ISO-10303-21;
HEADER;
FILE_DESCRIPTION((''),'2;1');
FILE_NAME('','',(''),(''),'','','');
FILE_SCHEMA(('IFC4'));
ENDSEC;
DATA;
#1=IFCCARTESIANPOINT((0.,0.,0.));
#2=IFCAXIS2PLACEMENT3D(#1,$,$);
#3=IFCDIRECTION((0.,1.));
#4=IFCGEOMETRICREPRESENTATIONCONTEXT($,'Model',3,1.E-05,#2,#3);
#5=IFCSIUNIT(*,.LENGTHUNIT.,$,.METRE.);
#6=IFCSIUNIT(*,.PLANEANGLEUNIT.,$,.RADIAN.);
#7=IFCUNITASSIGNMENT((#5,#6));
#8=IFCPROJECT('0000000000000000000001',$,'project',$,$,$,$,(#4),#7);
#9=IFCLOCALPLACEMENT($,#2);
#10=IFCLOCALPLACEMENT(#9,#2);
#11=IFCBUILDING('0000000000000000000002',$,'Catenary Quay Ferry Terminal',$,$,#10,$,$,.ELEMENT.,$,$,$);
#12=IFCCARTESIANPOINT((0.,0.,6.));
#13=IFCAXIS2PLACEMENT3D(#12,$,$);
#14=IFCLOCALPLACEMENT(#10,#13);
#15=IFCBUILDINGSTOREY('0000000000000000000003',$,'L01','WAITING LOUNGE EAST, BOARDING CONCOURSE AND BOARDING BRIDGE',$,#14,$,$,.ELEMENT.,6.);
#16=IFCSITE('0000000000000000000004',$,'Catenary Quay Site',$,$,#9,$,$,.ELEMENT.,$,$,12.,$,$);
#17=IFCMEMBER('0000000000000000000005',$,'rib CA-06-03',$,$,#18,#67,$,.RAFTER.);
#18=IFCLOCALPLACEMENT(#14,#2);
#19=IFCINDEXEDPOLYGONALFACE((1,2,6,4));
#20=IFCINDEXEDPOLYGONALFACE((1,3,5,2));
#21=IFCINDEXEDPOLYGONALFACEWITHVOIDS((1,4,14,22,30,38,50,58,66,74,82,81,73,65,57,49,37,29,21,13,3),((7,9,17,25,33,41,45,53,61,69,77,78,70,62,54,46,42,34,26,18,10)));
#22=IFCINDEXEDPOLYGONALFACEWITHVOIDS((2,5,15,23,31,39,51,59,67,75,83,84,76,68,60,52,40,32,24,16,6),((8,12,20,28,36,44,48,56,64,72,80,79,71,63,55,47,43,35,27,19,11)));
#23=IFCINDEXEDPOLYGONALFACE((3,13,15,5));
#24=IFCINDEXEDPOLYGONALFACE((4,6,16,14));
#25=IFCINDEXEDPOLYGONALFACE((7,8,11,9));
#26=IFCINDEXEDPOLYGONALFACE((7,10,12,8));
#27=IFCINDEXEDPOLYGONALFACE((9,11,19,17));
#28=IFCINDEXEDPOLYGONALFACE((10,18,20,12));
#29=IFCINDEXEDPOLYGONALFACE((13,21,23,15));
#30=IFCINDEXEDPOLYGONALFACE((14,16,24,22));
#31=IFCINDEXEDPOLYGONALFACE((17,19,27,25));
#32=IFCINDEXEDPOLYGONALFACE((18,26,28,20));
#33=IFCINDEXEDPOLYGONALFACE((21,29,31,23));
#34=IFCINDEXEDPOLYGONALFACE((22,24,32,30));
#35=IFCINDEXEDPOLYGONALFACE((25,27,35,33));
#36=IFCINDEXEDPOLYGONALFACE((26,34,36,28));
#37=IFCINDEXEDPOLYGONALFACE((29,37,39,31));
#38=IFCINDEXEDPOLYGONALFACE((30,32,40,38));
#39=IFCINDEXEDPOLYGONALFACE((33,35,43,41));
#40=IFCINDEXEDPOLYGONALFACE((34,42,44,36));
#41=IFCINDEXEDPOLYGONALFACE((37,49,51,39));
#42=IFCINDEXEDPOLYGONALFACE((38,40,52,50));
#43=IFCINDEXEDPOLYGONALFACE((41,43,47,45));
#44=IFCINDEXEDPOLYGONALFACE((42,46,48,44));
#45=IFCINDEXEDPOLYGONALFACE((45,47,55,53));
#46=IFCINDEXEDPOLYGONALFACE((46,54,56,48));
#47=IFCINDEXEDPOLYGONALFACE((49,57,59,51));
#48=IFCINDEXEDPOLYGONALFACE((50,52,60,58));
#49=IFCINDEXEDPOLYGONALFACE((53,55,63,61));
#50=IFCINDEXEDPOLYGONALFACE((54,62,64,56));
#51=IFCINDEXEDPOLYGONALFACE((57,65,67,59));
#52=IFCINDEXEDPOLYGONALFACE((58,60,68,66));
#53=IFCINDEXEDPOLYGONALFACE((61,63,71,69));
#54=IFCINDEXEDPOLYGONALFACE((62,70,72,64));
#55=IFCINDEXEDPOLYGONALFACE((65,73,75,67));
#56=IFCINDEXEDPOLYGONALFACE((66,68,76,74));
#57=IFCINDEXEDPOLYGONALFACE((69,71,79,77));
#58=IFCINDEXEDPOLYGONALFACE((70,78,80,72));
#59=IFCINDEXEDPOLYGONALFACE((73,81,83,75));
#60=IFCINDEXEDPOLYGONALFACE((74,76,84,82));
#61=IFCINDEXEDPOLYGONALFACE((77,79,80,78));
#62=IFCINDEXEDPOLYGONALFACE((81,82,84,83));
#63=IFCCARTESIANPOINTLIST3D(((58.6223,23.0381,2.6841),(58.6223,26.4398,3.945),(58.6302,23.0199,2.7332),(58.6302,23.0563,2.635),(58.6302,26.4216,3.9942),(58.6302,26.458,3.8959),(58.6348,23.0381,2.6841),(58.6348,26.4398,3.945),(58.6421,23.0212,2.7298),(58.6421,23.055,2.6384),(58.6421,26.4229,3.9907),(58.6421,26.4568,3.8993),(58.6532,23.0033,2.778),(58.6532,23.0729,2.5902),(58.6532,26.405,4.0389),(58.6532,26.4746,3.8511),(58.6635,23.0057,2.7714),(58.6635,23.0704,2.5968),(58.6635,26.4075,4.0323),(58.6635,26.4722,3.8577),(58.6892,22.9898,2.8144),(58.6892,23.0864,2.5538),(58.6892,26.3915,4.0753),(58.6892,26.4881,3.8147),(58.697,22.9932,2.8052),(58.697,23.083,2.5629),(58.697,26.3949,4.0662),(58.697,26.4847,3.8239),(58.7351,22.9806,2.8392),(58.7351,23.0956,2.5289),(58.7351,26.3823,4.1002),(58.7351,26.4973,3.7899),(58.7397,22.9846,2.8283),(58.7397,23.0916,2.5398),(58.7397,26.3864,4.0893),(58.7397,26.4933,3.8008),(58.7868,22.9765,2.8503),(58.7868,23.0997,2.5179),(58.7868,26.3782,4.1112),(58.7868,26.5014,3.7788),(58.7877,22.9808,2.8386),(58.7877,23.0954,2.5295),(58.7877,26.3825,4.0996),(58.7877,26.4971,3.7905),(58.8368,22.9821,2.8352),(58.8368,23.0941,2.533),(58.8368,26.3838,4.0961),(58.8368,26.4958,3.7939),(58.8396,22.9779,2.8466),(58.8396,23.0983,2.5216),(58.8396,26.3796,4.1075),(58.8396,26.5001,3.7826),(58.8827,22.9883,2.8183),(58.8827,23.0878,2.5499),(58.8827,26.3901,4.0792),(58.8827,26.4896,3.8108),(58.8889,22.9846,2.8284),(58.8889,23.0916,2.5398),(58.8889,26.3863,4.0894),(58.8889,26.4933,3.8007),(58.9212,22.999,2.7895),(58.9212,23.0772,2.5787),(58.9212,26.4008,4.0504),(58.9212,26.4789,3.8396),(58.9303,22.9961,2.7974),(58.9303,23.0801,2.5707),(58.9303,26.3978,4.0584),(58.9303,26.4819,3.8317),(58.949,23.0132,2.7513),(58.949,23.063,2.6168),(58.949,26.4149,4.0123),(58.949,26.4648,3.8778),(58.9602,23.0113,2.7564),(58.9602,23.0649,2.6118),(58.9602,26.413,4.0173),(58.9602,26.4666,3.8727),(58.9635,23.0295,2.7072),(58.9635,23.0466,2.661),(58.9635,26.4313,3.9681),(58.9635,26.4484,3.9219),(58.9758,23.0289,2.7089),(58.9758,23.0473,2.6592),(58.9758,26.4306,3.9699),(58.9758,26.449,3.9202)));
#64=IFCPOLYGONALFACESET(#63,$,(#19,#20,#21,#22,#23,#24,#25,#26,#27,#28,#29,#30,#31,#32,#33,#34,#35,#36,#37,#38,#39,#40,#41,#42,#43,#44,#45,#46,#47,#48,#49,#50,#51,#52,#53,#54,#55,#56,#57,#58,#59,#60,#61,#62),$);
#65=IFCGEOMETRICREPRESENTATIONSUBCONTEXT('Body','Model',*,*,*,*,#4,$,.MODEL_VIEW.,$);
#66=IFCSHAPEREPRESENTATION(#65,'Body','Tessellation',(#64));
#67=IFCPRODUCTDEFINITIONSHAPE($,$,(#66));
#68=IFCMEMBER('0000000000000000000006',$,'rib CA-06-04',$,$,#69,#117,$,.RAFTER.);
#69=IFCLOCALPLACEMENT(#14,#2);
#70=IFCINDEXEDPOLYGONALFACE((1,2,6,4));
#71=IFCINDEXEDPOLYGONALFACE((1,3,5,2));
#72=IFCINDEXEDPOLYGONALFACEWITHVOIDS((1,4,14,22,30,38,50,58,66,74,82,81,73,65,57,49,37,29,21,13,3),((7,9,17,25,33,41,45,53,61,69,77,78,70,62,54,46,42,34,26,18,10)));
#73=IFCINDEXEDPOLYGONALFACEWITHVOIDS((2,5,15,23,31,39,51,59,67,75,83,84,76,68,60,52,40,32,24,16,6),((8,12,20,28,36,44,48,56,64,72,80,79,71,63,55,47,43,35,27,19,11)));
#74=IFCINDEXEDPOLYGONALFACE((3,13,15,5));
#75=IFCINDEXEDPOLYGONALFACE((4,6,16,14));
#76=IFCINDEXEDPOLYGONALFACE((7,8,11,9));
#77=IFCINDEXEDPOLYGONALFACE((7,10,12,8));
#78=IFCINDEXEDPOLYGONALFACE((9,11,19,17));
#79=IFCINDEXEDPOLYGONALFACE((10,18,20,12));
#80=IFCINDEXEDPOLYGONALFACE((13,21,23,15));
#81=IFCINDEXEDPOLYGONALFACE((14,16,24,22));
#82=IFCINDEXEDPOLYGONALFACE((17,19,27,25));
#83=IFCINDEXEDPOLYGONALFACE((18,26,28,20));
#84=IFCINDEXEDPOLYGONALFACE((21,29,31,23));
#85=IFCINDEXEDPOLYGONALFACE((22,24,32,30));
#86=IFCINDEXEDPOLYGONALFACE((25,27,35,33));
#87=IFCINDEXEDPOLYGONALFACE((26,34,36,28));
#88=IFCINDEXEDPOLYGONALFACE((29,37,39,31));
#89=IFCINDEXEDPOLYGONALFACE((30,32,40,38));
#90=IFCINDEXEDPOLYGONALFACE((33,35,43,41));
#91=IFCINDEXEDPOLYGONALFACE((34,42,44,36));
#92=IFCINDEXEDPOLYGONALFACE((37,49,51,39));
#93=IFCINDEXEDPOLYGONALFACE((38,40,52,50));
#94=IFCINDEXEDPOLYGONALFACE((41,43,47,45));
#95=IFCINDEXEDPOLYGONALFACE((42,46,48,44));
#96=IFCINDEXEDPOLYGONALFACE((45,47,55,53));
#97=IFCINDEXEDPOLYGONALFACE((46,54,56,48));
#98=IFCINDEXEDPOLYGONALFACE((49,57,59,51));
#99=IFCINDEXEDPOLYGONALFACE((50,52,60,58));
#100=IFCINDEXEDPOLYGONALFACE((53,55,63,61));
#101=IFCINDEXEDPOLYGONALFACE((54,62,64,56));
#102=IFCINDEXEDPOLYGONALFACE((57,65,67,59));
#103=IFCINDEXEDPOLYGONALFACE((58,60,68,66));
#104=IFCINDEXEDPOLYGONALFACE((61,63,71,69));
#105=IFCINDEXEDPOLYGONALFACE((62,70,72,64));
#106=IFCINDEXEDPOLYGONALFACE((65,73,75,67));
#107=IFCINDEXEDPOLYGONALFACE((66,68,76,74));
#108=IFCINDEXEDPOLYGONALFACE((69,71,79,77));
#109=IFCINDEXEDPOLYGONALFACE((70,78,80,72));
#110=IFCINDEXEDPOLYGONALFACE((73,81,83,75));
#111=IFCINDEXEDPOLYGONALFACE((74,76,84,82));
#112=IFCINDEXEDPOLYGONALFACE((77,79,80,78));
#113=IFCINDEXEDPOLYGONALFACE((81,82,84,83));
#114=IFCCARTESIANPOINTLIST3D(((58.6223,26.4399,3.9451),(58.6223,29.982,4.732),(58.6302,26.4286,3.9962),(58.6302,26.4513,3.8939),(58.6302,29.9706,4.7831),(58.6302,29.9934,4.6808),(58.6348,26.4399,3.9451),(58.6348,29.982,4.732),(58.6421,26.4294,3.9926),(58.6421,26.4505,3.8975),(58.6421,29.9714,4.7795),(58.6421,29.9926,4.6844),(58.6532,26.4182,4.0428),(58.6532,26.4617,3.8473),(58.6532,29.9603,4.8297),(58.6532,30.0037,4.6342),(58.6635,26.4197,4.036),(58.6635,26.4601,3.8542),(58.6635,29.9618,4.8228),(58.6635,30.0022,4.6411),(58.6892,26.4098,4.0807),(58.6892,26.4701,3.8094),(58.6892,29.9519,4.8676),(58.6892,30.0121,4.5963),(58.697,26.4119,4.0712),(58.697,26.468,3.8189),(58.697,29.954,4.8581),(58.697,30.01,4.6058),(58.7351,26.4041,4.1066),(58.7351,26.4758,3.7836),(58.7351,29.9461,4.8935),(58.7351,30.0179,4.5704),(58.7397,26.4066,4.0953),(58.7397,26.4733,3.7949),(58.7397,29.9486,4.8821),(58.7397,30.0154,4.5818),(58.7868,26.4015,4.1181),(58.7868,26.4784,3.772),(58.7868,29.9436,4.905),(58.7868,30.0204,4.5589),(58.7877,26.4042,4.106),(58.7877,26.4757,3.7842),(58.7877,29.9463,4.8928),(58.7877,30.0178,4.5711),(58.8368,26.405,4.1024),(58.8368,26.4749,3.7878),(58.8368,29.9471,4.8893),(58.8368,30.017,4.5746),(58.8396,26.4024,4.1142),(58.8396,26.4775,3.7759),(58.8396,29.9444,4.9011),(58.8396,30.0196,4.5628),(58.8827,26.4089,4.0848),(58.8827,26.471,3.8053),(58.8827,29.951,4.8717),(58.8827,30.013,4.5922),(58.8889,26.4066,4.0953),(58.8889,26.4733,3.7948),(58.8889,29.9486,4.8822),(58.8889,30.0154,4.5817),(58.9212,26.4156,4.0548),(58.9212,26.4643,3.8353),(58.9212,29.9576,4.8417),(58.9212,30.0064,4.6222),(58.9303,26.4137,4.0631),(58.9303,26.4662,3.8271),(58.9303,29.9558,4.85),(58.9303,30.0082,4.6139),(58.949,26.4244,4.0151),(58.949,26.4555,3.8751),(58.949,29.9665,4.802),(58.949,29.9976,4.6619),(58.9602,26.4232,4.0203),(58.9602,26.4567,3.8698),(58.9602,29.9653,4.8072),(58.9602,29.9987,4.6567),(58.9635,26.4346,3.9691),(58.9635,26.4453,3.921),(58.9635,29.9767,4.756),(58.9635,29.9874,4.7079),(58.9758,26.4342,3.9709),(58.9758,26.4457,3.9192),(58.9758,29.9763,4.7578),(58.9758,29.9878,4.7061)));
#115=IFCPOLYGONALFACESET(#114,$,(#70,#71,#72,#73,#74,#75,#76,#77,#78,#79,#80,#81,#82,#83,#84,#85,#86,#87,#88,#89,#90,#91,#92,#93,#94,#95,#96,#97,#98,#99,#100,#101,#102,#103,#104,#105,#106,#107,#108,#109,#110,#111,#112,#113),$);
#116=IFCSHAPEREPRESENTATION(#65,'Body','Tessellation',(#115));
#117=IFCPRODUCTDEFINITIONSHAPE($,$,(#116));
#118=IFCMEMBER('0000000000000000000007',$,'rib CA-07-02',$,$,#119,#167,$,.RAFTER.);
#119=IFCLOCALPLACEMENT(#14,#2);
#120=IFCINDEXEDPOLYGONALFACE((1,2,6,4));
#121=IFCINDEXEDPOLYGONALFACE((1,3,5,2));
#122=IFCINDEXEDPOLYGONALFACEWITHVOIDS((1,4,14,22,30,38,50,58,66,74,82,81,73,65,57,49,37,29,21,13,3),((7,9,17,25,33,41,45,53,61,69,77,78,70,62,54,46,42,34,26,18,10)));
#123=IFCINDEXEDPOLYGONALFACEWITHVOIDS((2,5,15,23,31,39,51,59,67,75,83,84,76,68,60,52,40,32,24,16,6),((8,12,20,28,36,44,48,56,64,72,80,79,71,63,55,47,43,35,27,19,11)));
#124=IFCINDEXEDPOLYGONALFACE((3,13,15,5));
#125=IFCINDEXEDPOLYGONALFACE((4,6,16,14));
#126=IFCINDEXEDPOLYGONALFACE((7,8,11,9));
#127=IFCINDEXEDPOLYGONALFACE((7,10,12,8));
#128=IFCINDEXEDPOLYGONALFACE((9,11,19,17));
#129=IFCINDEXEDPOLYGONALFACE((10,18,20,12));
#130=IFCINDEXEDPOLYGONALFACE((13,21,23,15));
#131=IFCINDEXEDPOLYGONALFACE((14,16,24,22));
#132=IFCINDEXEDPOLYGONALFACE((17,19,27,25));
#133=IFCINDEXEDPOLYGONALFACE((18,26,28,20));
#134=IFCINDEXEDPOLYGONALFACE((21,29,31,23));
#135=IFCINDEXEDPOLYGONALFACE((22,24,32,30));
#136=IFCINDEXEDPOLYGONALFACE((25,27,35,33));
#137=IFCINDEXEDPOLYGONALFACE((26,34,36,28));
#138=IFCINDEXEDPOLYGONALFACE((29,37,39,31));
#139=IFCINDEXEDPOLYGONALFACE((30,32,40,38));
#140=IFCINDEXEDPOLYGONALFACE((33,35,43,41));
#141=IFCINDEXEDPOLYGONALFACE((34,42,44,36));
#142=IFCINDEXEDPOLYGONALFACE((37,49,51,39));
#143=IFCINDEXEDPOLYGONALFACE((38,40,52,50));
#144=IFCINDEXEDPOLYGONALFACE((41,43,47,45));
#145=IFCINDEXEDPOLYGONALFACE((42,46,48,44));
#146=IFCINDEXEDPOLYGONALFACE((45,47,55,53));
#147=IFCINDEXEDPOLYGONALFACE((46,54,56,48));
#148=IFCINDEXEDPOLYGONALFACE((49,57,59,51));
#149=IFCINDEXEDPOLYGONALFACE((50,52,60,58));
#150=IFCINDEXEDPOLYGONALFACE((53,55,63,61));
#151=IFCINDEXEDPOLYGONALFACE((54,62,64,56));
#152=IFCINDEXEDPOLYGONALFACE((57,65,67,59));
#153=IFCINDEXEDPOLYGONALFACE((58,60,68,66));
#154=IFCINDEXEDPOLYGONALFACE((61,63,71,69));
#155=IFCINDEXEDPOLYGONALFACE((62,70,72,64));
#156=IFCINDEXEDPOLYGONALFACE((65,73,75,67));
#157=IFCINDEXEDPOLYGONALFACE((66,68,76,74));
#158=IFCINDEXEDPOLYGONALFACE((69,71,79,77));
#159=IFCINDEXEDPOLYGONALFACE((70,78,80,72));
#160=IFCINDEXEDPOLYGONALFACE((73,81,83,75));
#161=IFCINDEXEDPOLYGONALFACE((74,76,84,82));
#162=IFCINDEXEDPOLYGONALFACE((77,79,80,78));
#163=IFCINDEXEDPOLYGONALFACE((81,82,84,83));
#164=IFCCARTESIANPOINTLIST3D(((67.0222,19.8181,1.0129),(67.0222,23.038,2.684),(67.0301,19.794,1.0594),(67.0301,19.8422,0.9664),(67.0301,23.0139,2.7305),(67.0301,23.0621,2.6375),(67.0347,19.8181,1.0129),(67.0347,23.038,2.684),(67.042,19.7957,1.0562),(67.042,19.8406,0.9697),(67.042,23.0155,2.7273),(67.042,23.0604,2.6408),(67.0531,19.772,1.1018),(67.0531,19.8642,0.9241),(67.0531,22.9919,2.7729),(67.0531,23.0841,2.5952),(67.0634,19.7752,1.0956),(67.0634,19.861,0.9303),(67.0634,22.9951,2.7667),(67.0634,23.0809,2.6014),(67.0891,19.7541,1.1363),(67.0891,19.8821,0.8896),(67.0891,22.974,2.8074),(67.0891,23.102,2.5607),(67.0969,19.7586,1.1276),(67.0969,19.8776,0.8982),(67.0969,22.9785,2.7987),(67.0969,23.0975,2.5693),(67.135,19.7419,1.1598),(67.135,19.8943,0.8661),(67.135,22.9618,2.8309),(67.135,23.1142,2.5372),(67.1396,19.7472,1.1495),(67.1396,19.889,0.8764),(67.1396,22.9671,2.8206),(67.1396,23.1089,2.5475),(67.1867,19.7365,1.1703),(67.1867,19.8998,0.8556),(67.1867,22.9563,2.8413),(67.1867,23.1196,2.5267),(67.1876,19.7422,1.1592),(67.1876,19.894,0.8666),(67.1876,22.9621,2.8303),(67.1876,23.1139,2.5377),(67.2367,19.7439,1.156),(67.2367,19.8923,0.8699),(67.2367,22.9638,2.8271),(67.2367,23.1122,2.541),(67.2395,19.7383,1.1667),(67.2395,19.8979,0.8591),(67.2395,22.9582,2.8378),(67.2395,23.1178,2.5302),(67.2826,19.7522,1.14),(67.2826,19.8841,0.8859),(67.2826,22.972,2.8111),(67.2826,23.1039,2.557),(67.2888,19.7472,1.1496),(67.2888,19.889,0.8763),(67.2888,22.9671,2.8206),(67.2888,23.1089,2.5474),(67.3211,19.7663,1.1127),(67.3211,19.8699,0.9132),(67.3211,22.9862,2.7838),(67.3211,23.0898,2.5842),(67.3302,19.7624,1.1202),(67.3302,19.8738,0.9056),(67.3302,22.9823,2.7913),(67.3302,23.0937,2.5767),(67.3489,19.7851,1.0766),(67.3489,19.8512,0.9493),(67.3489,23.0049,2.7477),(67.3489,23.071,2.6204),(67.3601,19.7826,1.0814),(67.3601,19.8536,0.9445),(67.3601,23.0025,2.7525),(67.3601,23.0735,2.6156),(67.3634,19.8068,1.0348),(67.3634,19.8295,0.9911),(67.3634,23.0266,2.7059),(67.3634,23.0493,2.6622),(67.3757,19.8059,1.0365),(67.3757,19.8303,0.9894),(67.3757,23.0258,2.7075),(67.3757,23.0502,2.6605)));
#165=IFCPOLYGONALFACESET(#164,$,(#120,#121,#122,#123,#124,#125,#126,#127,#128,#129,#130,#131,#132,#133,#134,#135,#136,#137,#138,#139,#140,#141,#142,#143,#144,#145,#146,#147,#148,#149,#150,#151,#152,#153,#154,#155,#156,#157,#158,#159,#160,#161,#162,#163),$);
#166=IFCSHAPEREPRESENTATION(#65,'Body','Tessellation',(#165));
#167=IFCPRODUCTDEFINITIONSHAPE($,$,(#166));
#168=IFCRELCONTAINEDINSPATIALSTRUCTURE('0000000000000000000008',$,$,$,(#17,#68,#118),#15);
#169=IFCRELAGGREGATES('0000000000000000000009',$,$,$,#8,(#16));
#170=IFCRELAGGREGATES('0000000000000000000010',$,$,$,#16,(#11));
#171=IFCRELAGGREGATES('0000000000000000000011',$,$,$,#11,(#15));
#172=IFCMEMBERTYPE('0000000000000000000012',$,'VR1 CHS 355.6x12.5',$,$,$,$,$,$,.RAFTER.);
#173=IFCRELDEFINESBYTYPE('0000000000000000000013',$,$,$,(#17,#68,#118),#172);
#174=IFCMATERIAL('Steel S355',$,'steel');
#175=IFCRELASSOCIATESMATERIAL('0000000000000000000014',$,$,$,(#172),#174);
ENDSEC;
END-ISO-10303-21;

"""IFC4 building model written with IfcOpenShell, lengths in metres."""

from ifc_helpers import new_model, si_unit, direction, frame, origin, origin_2d, place, context, subcontext, project, spatial, hollow_circle, extrude, material, material_profile, profile_set, type_object, element, save


model = new_model("IFC4")

# Units and contexts
model_context = context("Model", 3, precision=1e-05, world=origin(), true_north=direction((0.0, 1.0)))
body_context = subcontext(model_context, "Body", "Model", "MODEL_VIEW")
ifc_project = project(units=[si_unit("LENGTHUNIT", "METRE"), si_unit("PLANEANGLEUNIT", "RADIAN")], contexts=[model_context])

# Site, building, storey
site_placement = place(None, origin())
site = spatial("IfcSite", under=ifc_project, at=site_placement, Name="Catenary Quay Site", CompositionType="ELEMENT", RefElevation=12.0)
building_placement = place(site_placement, origin())
building = spatial("IfcBuilding", under=site, at=building_placement, Name="Catenary Quay Ferry Terminal", CompositionType="ELEMENT")
storey_placement = place(building_placement, frame((0.0, 0.0, 6.0)))
storey = spatial("IfcBuildingStorey", under=building, at=storey_placement, Name="L01", Description="WAITING LOUNGE EAST, BOARDING CONCOURSE AND BOARDING BRIDGE", CompositionType="ELEMENT", Elevation=6.0)

# Members
ifc_material_1 = material(Name="Steel S355", Category="steel")
ifc_material_profile_1 = material_profile(ifc_material_1, hollow_circle(Radius=0.1777, WallThickness=0.0125, at=origin_2d()), Name="CHS 355.6x12.5")
ifc_profile_set_1 = profile_set([ifc_material_profile_1], Name="Steel S355")
member_type_1 = type_object("IfcMemberType", Name="VR1 CHS 355.6x12.5", PredefinedType="RAFTER", material=ifc_profile_set_1)
member_1_placement = place(storey_placement, frame((58.8, 23.0381, 2.6841), z_axis=(0.0, 0.937655, 0.347566), x_axis=(-1.0, 0.0, 0.0)))
element("IfcMember", 1, at=member_1_placement, inside=storey, type_object=member_type_1, Name="rib CA-06-03", PredefinedType="RAFTER", context=body_context, shape_type="SweptSolid", body=[
    extrude(hollow_circle(Radius=0.1777, WallThickness=0.0125, at=origin_2d()), origin(), (0.0, 0.0, 1.0), 3.6279),
])
member_2_placement = place(storey_placement, frame((58.8, 26.4399, 3.9451), z_axis=(0.0, 0.976201, 0.216866), x_axis=(-1.0, 0.0, 0.0)))
element("IfcMember", 2, at=member_2_placement, inside=storey, type_object=member_type_1, Name="rib CA-06-04", PredefinedType="RAFTER", context=body_context, shape_type="SweptSolid", body=[
    extrude(hollow_circle(Radius=0.1777, WallThickness=0.0125, at=origin_2d()), origin(), (0.0, 0.0, 1.0), 3.6284),
])
member_3_placement = place(storey_placement, frame((67.2, 19.8181, 1.0129), z_axis=(0.0, 0.887582, 0.460649), x_axis=(-1.0, 0.0, 0.0)))
element("IfcMember", 3, at=member_3_placement, inside=storey, type_object=member_type_1, Name="rib CA-07-02", PredefinedType="RAFTER", context=body_context, shape_type="SweptSolid", body=[
    extrude(hollow_circle(Radius=0.1777, WallThickness=0.0125, at=origin_2d()), origin(), (0.0, 0.0, 1.0), 3.6277),
])

save(model, "model.ifc")
